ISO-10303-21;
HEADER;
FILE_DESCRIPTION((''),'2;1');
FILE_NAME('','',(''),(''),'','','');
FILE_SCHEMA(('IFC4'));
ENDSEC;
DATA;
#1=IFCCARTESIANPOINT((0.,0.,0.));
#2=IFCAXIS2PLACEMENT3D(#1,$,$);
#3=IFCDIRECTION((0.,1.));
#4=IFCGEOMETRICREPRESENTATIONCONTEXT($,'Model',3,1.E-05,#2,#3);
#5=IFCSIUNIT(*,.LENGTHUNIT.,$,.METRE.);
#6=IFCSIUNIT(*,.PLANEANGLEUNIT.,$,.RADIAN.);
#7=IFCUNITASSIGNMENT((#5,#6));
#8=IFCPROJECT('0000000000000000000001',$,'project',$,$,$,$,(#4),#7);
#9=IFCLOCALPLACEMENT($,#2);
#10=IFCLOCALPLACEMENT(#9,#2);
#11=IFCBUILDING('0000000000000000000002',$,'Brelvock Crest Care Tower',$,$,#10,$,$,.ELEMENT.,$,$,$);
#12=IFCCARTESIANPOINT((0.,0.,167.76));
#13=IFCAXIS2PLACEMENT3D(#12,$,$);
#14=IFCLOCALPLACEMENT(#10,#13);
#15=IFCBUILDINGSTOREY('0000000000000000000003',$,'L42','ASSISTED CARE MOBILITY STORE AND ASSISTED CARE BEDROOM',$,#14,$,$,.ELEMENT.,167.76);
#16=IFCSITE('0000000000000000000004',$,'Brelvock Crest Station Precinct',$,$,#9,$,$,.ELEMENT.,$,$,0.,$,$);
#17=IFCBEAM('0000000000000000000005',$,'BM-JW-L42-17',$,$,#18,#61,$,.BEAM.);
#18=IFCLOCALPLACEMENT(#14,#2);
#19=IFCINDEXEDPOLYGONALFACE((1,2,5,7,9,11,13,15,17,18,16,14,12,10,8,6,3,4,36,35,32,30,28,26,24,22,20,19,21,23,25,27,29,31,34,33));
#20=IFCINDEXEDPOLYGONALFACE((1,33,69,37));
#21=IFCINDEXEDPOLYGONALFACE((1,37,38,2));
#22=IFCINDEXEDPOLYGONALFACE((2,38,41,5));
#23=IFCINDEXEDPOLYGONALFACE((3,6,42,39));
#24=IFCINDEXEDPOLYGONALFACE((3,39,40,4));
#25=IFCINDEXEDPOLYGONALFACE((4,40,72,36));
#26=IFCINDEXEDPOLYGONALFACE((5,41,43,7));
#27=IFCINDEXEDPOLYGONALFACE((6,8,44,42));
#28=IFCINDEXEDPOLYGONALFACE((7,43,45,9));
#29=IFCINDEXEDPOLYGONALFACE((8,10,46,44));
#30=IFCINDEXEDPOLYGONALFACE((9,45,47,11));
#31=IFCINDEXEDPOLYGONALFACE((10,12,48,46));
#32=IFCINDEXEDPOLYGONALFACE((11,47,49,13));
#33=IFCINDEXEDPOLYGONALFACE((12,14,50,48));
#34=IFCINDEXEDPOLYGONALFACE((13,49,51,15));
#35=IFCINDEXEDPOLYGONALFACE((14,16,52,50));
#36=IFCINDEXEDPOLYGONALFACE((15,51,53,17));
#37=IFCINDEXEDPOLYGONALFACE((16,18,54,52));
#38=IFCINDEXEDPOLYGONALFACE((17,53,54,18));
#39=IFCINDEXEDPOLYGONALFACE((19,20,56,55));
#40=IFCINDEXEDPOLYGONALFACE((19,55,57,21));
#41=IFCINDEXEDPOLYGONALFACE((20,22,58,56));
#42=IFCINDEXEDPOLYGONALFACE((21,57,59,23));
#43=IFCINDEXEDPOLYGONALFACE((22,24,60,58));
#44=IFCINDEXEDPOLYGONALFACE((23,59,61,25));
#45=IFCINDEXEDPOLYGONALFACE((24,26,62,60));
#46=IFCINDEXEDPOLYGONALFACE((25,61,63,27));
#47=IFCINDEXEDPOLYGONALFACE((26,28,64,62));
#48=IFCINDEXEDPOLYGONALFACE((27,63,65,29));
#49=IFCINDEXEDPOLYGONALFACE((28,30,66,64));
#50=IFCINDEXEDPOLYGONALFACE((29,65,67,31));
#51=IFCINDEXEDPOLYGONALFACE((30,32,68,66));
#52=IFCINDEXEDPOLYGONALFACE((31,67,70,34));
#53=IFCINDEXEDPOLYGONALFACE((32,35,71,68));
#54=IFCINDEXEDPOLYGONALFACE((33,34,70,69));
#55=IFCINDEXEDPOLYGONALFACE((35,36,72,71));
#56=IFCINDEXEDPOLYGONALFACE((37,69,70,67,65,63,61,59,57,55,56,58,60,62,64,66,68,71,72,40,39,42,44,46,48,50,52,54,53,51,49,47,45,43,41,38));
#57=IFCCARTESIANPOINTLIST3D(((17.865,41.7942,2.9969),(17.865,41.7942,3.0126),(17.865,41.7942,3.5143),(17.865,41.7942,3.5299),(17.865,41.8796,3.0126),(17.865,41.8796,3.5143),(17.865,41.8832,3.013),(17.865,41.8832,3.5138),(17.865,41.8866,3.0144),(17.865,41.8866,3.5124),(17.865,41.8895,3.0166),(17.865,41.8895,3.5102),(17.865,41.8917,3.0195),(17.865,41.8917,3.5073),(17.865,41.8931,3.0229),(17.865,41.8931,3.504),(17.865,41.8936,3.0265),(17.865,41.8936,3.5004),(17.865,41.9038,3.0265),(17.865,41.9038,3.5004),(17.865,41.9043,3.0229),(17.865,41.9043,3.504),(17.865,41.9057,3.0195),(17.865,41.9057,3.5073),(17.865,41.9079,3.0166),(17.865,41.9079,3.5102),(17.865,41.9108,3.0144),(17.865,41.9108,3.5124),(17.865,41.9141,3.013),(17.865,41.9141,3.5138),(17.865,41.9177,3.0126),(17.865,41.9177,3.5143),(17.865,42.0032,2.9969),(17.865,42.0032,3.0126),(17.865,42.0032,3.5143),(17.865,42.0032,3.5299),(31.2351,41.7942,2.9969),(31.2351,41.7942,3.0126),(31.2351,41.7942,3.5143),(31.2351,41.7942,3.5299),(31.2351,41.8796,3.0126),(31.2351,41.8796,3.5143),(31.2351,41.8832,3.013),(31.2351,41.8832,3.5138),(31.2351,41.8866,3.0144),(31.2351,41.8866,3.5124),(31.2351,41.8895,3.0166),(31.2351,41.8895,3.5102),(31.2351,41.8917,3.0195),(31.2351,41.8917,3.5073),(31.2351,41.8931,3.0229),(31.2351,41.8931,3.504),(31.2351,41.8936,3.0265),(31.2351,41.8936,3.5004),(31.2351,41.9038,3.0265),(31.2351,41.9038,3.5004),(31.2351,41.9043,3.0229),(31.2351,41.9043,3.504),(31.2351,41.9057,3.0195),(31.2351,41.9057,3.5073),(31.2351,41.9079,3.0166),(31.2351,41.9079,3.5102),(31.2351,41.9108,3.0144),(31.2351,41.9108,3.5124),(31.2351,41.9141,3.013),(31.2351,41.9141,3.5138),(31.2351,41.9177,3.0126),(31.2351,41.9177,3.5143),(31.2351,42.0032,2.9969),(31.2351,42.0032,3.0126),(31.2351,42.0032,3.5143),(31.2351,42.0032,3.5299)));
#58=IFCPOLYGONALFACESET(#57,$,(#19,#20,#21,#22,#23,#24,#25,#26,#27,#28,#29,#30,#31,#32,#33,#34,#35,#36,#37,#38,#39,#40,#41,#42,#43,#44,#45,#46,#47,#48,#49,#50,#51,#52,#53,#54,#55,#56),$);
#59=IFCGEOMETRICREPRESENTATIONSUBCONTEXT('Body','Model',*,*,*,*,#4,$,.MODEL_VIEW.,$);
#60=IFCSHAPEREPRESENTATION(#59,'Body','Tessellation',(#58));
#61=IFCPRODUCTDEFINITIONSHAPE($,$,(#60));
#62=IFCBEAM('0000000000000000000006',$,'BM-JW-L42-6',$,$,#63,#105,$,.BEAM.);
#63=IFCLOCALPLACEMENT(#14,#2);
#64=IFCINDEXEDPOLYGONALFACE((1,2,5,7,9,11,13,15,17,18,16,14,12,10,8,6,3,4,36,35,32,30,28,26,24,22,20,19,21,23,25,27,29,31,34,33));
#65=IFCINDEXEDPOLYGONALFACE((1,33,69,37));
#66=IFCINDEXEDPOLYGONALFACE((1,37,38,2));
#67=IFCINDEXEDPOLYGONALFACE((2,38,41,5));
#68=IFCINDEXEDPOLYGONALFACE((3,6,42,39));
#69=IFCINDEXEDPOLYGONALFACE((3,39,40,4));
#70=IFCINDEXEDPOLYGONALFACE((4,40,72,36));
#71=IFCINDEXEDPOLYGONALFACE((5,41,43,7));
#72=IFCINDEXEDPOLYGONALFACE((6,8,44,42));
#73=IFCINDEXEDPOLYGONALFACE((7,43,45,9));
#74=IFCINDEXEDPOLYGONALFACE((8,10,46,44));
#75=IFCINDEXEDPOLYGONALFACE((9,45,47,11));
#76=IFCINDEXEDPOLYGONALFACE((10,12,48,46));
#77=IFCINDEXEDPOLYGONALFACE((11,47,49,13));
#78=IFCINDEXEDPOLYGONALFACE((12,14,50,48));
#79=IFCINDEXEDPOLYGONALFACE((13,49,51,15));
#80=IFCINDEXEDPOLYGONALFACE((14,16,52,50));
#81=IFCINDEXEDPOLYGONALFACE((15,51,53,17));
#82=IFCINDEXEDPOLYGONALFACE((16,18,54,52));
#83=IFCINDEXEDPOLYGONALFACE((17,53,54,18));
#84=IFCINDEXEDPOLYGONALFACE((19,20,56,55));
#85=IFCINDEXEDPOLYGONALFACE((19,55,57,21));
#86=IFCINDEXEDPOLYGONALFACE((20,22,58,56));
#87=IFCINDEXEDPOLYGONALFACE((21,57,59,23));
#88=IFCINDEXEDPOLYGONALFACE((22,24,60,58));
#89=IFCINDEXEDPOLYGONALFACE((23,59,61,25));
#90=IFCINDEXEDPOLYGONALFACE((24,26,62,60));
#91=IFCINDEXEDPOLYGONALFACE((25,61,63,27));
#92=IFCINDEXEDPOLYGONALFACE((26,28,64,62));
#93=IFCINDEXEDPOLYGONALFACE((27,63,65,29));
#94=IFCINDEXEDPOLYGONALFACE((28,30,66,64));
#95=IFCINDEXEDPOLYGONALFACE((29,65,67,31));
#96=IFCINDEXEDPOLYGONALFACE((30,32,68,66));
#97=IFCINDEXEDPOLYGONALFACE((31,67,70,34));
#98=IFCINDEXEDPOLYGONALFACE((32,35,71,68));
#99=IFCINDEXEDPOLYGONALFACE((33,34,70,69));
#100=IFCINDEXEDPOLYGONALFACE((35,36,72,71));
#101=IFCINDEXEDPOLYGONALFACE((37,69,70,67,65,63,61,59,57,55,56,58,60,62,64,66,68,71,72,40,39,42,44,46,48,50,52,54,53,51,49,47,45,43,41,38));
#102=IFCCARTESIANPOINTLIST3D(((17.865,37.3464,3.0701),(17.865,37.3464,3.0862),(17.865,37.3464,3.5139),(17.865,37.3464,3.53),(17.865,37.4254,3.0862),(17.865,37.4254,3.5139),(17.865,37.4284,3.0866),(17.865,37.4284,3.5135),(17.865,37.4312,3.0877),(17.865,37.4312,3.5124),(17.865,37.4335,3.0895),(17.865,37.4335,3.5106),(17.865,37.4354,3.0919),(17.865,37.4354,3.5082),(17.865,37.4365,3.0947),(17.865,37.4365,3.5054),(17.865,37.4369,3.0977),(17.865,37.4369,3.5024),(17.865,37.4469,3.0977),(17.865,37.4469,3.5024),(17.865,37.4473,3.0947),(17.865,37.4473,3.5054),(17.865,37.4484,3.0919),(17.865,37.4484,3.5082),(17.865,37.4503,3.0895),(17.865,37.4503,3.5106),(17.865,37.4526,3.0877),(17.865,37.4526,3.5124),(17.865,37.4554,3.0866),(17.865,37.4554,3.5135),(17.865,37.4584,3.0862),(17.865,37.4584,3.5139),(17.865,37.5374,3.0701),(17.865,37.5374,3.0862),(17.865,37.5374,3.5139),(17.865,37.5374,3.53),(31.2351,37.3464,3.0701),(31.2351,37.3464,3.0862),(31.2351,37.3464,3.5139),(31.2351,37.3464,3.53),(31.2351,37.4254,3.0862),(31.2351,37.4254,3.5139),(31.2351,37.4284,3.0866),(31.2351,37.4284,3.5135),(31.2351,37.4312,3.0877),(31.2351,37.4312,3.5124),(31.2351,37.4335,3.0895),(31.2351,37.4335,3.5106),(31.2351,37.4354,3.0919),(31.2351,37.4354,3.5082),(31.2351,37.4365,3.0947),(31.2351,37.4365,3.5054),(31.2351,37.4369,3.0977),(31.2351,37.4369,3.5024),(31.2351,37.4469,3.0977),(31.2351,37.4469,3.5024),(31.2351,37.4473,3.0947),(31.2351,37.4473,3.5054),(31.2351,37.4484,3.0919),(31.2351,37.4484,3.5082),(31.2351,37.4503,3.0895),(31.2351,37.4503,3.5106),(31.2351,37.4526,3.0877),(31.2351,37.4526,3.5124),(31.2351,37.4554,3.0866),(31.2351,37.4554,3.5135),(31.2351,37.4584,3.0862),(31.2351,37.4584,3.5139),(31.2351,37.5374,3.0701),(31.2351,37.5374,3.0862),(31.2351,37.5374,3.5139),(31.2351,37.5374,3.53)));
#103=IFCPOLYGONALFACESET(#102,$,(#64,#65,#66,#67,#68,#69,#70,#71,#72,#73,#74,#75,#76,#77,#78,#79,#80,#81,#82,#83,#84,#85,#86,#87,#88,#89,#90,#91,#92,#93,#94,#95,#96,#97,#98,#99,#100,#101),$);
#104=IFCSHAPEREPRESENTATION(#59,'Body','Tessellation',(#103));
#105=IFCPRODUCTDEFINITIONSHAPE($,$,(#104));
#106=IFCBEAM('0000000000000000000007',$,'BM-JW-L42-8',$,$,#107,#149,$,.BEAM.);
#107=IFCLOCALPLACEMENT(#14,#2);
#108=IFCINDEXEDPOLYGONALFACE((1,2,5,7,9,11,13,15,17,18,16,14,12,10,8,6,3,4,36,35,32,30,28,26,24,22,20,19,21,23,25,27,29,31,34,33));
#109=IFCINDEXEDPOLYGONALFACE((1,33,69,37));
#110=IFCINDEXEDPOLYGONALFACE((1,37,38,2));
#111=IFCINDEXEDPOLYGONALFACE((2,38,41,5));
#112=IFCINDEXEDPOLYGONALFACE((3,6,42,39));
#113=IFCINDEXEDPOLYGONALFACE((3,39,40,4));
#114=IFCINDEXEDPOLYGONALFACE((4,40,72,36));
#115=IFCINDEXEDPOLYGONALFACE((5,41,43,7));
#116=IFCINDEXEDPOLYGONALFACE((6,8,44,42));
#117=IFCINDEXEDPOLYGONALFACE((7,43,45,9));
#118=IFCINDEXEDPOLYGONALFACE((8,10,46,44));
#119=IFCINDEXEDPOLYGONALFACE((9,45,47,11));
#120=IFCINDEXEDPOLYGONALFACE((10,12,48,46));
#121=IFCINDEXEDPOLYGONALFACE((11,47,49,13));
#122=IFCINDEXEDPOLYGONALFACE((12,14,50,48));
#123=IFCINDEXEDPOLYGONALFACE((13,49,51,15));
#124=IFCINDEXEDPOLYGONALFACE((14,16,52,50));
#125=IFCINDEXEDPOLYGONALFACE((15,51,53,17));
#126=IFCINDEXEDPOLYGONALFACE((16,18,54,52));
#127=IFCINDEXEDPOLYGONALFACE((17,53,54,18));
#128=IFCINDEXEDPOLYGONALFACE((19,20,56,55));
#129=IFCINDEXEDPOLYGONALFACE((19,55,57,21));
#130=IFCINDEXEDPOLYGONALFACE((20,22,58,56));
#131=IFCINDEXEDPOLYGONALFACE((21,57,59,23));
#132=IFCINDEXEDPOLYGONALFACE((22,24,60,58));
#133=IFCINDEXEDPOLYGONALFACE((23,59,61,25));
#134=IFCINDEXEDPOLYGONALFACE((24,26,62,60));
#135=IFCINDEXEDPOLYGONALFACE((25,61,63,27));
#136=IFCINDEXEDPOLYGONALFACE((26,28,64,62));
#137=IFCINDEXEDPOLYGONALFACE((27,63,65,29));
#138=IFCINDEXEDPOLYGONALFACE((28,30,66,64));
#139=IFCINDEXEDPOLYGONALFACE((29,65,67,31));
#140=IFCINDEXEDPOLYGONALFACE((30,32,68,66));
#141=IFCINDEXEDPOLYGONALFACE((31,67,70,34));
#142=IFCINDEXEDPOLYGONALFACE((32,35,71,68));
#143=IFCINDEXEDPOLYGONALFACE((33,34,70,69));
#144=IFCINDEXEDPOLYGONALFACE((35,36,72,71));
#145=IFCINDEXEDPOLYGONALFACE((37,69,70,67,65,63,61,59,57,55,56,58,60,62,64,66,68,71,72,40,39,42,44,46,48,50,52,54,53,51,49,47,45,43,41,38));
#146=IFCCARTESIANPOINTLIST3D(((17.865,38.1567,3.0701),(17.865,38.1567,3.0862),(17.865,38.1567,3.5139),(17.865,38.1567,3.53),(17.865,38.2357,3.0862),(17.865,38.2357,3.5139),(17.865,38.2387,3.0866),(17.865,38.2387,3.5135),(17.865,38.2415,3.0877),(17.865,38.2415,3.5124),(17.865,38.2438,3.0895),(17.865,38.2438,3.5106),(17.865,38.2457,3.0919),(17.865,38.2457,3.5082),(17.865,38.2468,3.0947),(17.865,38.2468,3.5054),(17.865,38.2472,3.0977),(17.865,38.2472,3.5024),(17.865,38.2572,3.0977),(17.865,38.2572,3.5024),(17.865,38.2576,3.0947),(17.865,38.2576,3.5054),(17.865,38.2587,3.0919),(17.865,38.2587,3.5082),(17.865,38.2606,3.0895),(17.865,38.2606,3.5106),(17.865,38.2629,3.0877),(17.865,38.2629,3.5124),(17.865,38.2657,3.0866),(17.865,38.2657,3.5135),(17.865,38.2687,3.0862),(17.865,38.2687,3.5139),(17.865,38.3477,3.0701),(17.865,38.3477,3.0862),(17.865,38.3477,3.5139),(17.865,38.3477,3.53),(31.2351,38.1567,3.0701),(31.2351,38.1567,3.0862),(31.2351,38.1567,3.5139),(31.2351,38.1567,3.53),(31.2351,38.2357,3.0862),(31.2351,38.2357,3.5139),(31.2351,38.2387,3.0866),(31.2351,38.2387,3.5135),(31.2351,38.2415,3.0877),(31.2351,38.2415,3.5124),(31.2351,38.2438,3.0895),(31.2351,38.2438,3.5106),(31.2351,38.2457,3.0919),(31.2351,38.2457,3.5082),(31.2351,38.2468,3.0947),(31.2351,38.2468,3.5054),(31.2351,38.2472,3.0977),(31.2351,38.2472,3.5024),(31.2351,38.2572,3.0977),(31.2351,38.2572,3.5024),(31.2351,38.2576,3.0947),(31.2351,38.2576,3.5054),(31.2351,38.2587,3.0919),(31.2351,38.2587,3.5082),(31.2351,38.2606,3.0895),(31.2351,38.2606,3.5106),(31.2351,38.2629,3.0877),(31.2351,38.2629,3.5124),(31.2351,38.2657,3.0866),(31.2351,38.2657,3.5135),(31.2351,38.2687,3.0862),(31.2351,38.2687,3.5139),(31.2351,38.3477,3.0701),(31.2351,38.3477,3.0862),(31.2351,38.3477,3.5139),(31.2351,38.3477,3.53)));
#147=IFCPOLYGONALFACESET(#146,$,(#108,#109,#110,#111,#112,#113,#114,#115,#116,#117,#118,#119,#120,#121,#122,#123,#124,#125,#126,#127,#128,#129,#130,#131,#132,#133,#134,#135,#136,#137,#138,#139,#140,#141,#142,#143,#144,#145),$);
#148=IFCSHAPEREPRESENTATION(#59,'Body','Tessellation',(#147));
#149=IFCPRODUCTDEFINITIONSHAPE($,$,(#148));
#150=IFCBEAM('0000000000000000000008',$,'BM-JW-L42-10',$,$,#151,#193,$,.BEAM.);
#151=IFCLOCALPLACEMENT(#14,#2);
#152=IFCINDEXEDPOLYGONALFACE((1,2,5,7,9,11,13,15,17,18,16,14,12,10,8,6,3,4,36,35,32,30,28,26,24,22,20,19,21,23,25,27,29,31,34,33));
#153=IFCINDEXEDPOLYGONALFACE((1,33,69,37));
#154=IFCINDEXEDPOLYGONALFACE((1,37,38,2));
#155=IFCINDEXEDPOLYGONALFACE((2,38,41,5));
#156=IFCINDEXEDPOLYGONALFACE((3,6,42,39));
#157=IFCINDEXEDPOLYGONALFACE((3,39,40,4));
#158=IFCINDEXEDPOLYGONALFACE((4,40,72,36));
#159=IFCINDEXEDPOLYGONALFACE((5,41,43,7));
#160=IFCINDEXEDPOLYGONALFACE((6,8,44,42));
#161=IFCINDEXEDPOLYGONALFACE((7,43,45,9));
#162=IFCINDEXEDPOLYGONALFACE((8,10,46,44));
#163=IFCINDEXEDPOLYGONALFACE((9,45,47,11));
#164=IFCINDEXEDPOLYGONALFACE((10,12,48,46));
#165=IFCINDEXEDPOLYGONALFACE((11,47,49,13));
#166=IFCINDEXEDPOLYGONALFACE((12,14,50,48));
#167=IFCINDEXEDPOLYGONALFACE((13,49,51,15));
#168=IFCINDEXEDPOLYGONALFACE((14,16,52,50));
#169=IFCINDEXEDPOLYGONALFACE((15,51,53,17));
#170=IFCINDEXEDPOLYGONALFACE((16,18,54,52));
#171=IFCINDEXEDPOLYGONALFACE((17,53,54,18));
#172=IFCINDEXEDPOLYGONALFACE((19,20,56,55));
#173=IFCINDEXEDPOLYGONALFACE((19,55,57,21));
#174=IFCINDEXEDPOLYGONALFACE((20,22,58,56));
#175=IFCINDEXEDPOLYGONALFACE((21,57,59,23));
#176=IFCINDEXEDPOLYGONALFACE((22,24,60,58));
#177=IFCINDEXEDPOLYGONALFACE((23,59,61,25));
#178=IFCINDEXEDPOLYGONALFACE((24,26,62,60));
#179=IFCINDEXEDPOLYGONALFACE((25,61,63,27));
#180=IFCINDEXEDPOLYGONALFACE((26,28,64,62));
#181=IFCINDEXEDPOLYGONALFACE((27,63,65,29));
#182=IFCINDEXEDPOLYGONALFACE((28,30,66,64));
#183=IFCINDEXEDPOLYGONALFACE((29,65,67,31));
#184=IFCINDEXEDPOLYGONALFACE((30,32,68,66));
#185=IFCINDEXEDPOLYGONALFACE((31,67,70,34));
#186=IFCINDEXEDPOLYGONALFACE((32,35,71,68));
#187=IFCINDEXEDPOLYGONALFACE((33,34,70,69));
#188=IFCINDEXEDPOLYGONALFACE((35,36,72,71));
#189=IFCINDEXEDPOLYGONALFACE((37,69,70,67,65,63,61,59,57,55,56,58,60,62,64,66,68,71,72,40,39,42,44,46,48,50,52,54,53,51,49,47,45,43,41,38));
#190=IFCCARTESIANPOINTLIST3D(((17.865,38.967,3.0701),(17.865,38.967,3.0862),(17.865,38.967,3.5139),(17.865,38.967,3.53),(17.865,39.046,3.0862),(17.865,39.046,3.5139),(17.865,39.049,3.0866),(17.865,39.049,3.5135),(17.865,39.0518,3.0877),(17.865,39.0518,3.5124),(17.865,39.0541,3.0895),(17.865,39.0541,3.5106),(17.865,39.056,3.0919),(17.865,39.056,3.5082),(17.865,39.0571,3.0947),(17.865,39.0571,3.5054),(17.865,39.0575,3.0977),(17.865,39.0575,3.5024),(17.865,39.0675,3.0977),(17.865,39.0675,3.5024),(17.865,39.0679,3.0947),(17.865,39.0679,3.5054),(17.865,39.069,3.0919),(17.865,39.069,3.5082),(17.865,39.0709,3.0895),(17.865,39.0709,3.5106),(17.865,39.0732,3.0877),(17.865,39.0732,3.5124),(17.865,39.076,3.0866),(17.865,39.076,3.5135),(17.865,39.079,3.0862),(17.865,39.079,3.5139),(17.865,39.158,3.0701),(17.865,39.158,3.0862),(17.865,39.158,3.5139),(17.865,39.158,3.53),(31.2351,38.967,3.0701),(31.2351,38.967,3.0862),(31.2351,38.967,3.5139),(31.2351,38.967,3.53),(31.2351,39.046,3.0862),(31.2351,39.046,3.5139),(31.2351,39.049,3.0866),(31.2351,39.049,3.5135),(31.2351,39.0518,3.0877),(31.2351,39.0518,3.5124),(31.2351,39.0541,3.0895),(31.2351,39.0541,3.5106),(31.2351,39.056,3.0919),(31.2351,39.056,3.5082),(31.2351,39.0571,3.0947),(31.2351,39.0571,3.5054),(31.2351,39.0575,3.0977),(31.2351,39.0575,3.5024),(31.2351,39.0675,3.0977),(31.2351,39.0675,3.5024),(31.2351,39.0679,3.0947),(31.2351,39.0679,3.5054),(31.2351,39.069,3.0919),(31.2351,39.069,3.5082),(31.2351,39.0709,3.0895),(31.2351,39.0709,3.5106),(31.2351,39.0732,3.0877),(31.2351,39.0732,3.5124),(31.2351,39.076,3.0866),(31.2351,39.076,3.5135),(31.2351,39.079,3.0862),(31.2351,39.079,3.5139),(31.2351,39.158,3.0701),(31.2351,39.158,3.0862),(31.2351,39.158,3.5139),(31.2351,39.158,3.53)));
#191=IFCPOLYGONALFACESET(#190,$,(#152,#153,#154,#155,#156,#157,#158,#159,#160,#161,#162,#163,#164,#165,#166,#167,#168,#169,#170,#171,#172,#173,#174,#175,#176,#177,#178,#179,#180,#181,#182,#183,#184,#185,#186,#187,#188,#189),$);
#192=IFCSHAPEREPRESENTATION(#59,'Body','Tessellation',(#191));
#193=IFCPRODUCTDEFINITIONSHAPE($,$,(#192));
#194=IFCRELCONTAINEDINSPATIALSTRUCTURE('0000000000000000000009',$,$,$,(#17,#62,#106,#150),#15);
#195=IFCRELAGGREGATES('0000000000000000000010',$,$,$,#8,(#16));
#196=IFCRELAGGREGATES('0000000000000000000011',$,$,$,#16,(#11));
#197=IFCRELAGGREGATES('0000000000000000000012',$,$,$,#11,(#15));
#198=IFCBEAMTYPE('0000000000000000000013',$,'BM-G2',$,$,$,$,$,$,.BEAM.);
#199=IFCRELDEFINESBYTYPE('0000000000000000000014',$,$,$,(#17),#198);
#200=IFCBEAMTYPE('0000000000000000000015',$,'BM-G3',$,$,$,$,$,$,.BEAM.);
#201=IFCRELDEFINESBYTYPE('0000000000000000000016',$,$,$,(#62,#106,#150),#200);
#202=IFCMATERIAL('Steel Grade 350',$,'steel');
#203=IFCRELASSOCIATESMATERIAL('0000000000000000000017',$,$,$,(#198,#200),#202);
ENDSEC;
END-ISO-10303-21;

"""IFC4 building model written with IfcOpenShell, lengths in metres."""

from ifc_helpers import new_model, si_unit, direction, frame, origin, origin_2d, place, context, subcontext, project, spatial, i_section, extrude, source, transform, mapped, material, material_profile, profile_set, type_object, element, save


model = new_model("IFC4")

# Units and contexts
model_context = context("Model", 3, precision=1e-05, world=origin(), true_north=direction((0.0, 1.0)))
body_context = subcontext(model_context, "Body", "Model", "MODEL_VIEW")
ifc_project = project(units=[si_unit("LENGTHUNIT", "METRE"), si_unit("PLANEANGLEUNIT", "RADIAN")], contexts=[model_context])

# Site, building, storey
site_placement = place(None, origin())
site = spatial("IfcSite", under=ifc_project, at=site_placement, Name="Brelvock Crest Station Precinct", CompositionType="ELEMENT", RefElevation=0.0)
building_placement = place(site_placement, origin())
building = spatial("IfcBuilding", under=site, at=building_placement, Name="Brelvock Crest Care Tower", CompositionType="ELEMENT")
storey_placement = place(building_placement, frame((0.0, 0.0, 167.76)))
storey = spatial("IfcBuildingStorey", under=building, at=storey_placement, Name="L42", Description="ASSISTED CARE MOBILITY STORE AND ASSISTED CARE BEDROOM", CompositionType="ELEMENT", Elevation=167.76)

# Shared definitions
ifc_material_1 = material(Name="Steel Grade 350", Category="steel")

# Beams
ifc_material_profile_1 = material_profile(ifc_material_1, i_section(OverallWidth=0.209, OverallDepth=0.533, WebThickness=0.0103, FlangeThickness=0.0156, FilletRadius=0.0139, at=origin_2d()), Name="530UB92.4")
ifc_profile_set_1 = profile_set([ifc_material_profile_1], Name="Steel Grade 350")
beam_type_1 = type_object("IfcBeamType", Name="BM-G2", PredefinedType="BEAM", material=ifc_profile_set_1)
shared_shape_1 = source(origin(), body_context, "Body", "SweptSolid", [
    extrude(i_section(OverallWidth=0.209, OverallDepth=0.533, WebThickness=0.0103, FlangeThickness=0.0156, FilletRadius=0.0139, at=origin_2d()), origin(), (0.0, 0.0, 1.0), 13.3701),
])
for number, where, z_axis, x_axis, name in (
    (1, (17.865, 41.8987, 3.2634), (1.0, 0.0, 0.0), (0.0, 1.0, 0.0), "BM-JW-L42-17"),
):
    element("IfcBeam", number, at=place(storey_placement, frame(where, z_axis=z_axis, x_axis=x_axis)), inside=storey, type_object=beam_type_1, Name=name, PredefinedType="BEAM", context=body_context, shape_type="MappedRepresentation", body=[
        mapped(shared_shape_1, transform((0.0, 0.0, 0.0), x_axis=(1.0, 0.0, 0.0), y_axis=(0.0, 1.0, 0.0), z_axis=(0.0, 0.0, 1.0), scale=1.0)),
    ])
ifc_material_profile_2 = material_profile(ifc_material_1, i_section(OverallWidth=0.1909, OverallDepth=0.46, WebThickness=0.01, FlangeThickness=0.0161, FilletRadius=0.0115, at=origin_2d()), Name="460UB82.1")
ifc_profile_set_2 = profile_set([ifc_material_profile_2], Name="Steel Grade 350")
beam_type_2 = type_object("IfcBeamType", Name="BM-G3", PredefinedType="BEAM", material=ifc_profile_set_2)
shared_shape_2 = source(origin(), body_context, "Body", "SweptSolid", [
    extrude(i_section(OverallWidth=0.1909, OverallDepth=0.46, WebThickness=0.01, FlangeThickness=0.0161, FilletRadius=0.0115, at=origin_2d()), origin(), (0.0, 0.0, 1.0), 13.3701),
])
for number, where, z_axis, x_axis, name in (
    (2, (17.865, 37.4419, 3.3), (1.0, 0.0, 0.0), (0.0, 1.0, 0.0), "BM-JW-L42-6"),
    (3, (17.865, 38.2522, 3.3), (1.0, 0.0, 0.0), (0.0, 1.0, 0.0), "BM-JW-L42-8"),
    (4, (17.865, 39.0625, 3.3), (1.0, 0.0, 0.0), (0.0, 1.0, 0.0), "BM-JW-L42-10"),
):
    element("IfcBeam", number, at=place(storey_placement, frame(where, z_axis=z_axis, x_axis=x_axis)), inside=storey, type_object=beam_type_2, Name=name, PredefinedType="BEAM", context=body_context, shape_type="MappedRepresentation", body=[
        mapped(shared_shape_2, transform((0.0, 0.0, 0.0), x_axis=(1.0, 0.0, 0.0), y_axis=(0.0, 1.0, 0.0), z_axis=(0.0, 0.0, 1.0), scale=1.0)),
    ])

save(model, "model.ifc")
